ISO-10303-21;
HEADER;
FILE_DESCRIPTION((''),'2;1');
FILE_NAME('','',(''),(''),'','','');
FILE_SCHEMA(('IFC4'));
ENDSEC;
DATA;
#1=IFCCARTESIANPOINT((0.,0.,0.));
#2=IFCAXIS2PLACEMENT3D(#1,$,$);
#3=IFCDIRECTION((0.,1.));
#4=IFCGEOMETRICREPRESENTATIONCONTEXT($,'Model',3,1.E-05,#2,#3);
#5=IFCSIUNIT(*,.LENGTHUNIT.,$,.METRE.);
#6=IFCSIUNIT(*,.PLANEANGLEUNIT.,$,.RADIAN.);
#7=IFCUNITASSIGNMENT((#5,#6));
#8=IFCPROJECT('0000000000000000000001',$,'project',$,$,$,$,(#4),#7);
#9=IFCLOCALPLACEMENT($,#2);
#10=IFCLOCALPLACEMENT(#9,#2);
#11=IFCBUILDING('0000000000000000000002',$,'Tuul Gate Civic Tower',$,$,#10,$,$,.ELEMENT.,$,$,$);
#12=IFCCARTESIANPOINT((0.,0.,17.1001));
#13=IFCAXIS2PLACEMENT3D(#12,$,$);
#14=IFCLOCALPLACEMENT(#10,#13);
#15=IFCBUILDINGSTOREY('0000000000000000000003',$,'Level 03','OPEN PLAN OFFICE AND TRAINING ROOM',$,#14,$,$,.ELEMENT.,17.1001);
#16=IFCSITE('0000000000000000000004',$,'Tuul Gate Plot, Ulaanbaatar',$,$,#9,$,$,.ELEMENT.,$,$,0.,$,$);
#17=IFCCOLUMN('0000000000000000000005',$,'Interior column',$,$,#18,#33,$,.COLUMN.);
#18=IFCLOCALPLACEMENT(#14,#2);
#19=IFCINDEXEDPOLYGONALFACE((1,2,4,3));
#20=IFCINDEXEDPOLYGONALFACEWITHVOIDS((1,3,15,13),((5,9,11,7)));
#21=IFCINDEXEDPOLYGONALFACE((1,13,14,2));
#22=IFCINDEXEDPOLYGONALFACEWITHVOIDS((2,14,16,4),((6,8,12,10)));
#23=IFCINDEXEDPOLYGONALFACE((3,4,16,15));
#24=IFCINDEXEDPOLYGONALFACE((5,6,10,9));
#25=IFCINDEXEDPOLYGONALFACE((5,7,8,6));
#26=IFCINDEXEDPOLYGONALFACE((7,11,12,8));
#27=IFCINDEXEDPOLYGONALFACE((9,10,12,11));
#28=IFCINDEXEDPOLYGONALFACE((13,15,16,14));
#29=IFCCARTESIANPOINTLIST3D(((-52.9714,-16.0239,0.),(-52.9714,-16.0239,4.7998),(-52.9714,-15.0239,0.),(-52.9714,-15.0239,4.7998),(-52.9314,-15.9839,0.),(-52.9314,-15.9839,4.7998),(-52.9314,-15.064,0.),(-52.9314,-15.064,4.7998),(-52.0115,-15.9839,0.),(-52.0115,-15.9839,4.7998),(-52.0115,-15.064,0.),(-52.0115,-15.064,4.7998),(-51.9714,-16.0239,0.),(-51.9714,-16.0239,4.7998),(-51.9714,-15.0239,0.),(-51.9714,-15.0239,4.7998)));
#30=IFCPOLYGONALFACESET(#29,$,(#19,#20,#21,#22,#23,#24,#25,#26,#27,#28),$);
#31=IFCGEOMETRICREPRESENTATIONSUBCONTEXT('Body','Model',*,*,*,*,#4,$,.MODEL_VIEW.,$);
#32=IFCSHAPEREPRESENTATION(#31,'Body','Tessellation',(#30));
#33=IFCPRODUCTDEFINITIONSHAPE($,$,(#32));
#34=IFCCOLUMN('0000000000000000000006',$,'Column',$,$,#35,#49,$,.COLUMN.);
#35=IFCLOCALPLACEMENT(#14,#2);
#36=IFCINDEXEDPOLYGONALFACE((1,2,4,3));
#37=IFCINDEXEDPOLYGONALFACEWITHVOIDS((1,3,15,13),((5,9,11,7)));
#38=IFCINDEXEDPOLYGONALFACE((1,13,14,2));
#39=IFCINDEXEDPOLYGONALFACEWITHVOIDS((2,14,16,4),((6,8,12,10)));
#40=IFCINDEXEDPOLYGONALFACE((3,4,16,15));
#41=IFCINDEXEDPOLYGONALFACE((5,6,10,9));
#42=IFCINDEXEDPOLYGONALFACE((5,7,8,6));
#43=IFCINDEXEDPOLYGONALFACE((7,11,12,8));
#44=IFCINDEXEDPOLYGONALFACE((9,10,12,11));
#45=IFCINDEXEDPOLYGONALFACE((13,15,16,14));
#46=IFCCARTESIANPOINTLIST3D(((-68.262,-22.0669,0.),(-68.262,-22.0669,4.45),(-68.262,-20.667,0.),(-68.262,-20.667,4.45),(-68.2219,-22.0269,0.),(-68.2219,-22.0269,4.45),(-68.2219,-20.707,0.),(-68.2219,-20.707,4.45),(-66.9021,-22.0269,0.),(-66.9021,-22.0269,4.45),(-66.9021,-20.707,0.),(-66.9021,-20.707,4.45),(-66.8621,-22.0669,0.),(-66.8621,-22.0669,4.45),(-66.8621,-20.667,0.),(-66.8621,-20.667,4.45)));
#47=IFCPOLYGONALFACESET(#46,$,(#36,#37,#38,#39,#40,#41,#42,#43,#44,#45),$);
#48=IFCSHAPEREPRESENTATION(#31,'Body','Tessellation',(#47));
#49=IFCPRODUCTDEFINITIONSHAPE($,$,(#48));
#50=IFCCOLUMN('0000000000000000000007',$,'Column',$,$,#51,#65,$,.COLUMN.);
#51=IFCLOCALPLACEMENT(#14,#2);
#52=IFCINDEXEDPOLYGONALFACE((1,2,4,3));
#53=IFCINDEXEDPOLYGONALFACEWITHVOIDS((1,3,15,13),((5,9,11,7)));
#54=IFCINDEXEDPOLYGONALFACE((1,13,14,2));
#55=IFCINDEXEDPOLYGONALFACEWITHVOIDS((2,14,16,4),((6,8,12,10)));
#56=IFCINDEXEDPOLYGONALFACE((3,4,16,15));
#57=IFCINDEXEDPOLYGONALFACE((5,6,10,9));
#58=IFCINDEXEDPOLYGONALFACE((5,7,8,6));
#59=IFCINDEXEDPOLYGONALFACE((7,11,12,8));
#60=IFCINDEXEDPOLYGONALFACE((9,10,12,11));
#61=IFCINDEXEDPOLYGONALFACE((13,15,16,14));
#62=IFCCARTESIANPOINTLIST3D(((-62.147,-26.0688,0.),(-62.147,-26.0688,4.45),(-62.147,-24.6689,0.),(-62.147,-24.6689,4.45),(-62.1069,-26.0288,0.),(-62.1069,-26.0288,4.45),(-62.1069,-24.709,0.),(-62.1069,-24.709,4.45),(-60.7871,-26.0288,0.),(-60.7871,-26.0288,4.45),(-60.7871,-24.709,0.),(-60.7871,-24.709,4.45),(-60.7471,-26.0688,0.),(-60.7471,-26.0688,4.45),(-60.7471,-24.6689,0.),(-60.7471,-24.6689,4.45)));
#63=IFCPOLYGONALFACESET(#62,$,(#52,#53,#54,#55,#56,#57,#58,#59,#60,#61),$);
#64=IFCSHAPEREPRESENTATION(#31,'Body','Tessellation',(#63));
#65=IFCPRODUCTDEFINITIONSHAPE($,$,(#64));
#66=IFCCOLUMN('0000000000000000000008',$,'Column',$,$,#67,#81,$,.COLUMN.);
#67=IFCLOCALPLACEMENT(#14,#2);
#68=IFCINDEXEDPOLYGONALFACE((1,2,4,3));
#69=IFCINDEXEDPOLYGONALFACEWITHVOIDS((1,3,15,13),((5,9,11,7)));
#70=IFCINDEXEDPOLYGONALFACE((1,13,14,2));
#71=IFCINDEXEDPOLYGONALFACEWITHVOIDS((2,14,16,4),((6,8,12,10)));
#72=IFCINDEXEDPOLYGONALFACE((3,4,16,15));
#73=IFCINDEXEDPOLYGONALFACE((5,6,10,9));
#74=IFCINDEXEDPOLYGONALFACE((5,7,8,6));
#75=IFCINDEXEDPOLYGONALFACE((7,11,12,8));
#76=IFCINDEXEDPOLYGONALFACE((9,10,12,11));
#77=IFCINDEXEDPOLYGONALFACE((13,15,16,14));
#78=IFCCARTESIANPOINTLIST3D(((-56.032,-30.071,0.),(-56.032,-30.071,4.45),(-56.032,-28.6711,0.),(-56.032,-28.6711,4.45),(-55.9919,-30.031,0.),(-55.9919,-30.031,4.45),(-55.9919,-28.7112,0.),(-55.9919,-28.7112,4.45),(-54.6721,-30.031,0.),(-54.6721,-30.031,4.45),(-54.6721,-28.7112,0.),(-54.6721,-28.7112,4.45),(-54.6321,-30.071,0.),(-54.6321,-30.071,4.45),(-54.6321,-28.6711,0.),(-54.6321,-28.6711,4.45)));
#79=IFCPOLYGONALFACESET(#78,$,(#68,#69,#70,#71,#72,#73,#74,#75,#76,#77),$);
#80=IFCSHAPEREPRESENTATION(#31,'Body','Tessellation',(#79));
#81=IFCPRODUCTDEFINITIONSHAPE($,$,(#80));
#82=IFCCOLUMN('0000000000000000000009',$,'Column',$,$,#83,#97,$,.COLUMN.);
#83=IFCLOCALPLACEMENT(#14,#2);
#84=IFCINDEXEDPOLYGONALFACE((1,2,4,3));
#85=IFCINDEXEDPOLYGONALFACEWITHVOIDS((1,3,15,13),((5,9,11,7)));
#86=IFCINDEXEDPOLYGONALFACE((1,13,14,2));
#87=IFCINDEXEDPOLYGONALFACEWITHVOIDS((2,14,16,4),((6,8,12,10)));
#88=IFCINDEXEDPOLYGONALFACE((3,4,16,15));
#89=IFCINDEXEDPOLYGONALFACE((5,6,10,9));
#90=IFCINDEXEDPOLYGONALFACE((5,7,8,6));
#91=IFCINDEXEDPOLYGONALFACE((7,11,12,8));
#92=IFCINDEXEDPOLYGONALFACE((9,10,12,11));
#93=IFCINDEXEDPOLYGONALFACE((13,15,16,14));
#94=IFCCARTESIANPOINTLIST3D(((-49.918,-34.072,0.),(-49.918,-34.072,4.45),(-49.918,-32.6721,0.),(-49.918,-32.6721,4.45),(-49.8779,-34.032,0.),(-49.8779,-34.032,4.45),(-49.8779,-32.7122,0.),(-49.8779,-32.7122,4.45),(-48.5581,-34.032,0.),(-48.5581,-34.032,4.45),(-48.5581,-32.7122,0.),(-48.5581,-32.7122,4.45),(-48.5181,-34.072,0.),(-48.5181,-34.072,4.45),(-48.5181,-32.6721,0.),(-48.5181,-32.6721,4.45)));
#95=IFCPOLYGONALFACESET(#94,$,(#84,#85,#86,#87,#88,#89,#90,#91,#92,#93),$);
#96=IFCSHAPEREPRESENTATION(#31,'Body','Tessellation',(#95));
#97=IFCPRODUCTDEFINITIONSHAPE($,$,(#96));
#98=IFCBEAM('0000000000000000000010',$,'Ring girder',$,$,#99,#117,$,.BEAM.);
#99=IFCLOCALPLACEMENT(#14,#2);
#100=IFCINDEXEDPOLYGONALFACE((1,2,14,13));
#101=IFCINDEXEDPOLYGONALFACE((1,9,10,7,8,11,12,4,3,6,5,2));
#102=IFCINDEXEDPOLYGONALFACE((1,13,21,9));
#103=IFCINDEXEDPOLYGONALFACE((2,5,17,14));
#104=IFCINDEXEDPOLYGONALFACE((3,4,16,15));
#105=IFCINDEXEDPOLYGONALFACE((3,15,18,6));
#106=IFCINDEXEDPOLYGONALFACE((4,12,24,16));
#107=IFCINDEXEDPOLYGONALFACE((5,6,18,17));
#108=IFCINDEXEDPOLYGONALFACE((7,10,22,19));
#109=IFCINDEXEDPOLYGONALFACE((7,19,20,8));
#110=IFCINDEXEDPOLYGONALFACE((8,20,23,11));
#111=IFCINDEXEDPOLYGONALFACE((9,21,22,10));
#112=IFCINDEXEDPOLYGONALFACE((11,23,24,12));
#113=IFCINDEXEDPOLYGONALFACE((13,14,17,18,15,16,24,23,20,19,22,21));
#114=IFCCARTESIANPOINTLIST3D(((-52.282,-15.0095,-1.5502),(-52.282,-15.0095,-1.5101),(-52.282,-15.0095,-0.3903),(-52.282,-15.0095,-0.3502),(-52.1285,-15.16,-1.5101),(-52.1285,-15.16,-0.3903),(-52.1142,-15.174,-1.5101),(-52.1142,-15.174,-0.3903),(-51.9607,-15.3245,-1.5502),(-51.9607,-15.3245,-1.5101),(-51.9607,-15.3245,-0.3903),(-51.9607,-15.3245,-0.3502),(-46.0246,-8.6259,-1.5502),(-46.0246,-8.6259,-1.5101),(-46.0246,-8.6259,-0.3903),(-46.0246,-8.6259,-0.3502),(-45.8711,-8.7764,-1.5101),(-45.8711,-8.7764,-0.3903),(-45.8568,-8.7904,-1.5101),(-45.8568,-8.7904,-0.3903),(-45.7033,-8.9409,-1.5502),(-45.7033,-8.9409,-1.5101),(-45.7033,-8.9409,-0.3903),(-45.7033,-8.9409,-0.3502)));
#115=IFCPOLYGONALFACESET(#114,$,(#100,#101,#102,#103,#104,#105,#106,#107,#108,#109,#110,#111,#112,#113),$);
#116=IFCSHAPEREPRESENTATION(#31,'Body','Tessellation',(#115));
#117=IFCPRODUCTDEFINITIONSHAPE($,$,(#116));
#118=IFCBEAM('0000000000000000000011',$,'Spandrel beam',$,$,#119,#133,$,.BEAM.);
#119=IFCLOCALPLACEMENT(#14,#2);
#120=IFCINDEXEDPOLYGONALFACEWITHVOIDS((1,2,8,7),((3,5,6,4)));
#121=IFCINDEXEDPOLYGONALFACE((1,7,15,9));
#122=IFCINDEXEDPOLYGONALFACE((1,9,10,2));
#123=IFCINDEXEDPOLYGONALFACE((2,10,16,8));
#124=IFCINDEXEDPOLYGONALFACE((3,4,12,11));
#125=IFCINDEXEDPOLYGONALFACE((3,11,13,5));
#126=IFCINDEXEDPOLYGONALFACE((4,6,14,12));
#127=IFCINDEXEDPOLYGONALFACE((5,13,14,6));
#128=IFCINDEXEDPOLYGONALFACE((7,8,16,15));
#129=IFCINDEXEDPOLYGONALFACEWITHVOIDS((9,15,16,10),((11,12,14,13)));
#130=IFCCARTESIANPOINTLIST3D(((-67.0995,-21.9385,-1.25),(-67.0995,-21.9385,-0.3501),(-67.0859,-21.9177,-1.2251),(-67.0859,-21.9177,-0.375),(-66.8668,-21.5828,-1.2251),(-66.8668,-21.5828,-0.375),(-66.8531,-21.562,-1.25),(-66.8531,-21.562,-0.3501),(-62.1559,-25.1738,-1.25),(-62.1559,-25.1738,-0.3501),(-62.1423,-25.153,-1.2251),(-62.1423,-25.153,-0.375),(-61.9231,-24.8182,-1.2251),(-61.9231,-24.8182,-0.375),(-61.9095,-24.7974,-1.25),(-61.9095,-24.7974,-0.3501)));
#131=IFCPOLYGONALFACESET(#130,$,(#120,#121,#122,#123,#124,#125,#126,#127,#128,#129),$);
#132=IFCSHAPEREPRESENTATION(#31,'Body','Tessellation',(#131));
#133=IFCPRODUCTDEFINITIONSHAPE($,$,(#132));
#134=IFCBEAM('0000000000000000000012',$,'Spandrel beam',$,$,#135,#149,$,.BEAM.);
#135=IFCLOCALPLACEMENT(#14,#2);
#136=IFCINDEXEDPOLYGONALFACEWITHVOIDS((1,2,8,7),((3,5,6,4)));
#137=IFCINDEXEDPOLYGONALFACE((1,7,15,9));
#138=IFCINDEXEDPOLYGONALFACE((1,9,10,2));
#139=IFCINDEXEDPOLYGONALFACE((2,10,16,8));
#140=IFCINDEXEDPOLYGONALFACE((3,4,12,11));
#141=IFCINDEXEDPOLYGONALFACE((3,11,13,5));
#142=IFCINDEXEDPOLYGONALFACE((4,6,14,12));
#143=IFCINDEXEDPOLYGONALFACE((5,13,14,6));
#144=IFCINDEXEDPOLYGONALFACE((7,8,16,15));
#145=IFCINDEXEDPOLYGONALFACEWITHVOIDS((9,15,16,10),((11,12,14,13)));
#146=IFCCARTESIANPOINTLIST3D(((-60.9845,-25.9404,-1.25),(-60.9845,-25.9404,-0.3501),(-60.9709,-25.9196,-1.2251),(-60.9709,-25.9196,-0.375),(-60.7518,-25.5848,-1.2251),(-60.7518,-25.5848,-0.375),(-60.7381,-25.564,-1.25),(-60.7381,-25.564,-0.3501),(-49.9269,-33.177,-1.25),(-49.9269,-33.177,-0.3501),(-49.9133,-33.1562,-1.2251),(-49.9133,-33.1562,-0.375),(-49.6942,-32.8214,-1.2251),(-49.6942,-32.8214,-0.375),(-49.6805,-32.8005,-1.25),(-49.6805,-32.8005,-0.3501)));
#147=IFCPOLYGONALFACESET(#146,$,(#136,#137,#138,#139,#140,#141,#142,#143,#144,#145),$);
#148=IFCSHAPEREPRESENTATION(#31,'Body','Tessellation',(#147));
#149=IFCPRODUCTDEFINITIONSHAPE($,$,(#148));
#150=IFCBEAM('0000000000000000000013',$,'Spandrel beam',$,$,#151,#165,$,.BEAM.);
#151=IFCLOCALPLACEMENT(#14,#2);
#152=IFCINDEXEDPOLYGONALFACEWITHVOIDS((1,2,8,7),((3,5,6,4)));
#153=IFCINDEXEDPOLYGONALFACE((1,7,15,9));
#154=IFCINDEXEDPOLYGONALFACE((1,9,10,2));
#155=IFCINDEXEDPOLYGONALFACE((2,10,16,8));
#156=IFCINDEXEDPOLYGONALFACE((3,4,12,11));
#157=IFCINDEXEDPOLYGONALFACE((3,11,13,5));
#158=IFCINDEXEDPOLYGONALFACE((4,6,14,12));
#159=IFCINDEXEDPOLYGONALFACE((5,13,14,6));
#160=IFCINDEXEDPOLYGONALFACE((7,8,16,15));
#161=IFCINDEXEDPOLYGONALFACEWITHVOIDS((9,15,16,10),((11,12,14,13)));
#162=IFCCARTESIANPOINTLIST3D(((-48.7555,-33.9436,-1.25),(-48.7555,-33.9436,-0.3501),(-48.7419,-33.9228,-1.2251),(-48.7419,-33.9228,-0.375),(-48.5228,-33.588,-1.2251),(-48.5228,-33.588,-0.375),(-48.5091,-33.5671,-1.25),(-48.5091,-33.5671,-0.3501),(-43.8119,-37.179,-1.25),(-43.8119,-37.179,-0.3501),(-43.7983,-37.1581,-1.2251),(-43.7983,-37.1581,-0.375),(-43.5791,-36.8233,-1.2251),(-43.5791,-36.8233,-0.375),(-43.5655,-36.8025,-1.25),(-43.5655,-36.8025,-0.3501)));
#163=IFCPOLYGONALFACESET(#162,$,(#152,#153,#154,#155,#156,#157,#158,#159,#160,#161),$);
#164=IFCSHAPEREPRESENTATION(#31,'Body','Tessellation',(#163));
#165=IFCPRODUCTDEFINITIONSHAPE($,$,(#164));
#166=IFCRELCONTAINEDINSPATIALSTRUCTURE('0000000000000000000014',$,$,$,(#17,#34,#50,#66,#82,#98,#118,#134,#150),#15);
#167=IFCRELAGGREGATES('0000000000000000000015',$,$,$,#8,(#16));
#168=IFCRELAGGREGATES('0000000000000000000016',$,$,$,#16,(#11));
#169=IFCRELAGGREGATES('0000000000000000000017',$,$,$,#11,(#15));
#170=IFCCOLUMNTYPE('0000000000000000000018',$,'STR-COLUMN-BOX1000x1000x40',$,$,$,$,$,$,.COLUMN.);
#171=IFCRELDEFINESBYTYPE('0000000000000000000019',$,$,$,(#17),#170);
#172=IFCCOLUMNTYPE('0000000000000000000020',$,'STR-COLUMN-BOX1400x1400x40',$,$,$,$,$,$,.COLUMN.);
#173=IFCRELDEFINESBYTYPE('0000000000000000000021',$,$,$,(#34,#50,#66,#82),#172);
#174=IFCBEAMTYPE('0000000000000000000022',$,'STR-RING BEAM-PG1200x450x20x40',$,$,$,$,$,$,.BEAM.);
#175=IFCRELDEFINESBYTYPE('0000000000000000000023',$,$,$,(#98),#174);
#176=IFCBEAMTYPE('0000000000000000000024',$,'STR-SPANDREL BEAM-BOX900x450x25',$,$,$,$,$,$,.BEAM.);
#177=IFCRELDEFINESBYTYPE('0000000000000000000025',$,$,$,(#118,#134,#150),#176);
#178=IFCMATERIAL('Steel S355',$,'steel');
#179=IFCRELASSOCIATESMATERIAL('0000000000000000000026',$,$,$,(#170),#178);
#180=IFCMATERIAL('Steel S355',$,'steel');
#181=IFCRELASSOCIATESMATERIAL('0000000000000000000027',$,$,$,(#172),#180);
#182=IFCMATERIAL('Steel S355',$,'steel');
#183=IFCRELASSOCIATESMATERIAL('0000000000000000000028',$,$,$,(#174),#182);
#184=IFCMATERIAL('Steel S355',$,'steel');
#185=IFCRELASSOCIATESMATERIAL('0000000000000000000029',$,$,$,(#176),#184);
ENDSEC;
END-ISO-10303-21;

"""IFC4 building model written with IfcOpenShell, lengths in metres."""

from ifc_helpers import new_model, si_unit, direction, frame, origin, origin_2d, place, context, subcontext, project, spatial, hollow_rectangle, i_section, extrude, material, material_profile, profile_set, type_object, element, save


model = new_model("IFC4")

# Units and contexts
model_context = context("Model", 3, precision=1e-05, world=origin(), true_north=direction((0.0, 1.0)))
body_context = subcontext(model_context, "Body", "Model", "MODEL_VIEW")
ifc_project = project(units=[si_unit("LENGTHUNIT", "METRE"), si_unit("PLANEANGLEUNIT", "RADIAN")], contexts=[model_context])

# Site, building, storey
site_placement = place(None, origin())
site = spatial("IfcSite", under=ifc_project, at=site_placement, Name="Tuul Gate Plot, Ulaanbaatar", CompositionType="ELEMENT", RefElevation=0.0)
building_placement = place(site_placement, origin())
building = spatial("IfcBuilding", under=site, at=building_placement, Name="Tuul Gate Civic Tower", CompositionType="ELEMENT")
storey_placement = place(building_placement, frame((0.0, 0.0, 17.1001)))
storey = spatial("IfcBuildingStorey", under=building, at=storey_placement, Name="Level 03", Description="OPEN PLAN OFFICE AND TRAINING ROOM", CompositionType="ELEMENT", Elevation=17.1001)

# Columns
ifc_material_1 = material(Name="Steel S355", Category="steel")
ifc_material_profile_1 = material_profile(ifc_material_1, hollow_rectangle(XDim=1.0, YDim=1.0, WallThickness=0.04, at=origin_2d()), Name="BOX1000x1000x40")
ifc_profile_set_1 = profile_set([ifc_material_profile_1], Name="Steel S355")
column_type_1 = type_object("IfcColumnType", Name="STR-COLUMN-BOX1000x1000x40", PredefinedType="COLUMN", material=ifc_profile_set_1)
column_placement = place(storey_placement, frame((-52.4714, -15.5239, 0.0), z_axis=(0.0, 0.0, 1.0), x_axis=(1.0, 0.0, 0.0)))
element("IfcColumn", 1, at=column_placement, inside=storey, type_object=column_type_1, Name="Interior column", PredefinedType="COLUMN", context=body_context, shape_type="SweptSolid", body=[
    extrude(hollow_rectangle(XDim=1.0, YDim=1.0, WallThickness=0.04, at=origin_2d()), origin(), (0.0, 0.0, 1.0), 4.7998),
])
ifc_material_2 = material(Name="Steel S355", Category="steel")
ifc_material_profile_2 = material_profile(ifc_material_2, hollow_rectangle(XDim=1.3999, YDim=1.3999, WallThickness=0.04, at=origin_2d()), Name="BOX1400x1400x40")
ifc_profile_set_2 = profile_set([ifc_material_profile_2], Name="Steel S355")
column_type_2 = type_object("IfcColumnType", Name="STR-COLUMN-BOX1400x1400x40", PredefinedType="COLUMN", material=ifc_profile_set_2)
for number, where, z_axis, x_axis, name in (
    (2, (-67.562, -21.3669, 0.0), (0.0, 0.0, 1.0), (1.0, 0.0, 0.0), "Column"),
    (3, (-61.447, -25.3689, 0.0), (0.0, 0.0, 1.0), (1.0, 0.0, 0.0), "Column"),
    (4, (-55.332, -29.3711, 0.0), (0.0, 0.0, 1.0), (1.0, 0.0, 0.0), "Column"),
    (5, (-49.218, -33.3721, 0.0), (0.0, 0.0, 1.0), (1.0, 0.0, 0.0), "Column"),
):
    element("IfcColumn", number, at=place(storey_placement, frame(where, z_axis=z_axis, x_axis=x_axis)), inside=storey, type_object=column_type_2, Name=name, PredefinedType="COLUMN", context=body_context, shape_type="SweptSolid", body=[
        extrude(hollow_rectangle(XDim=1.3999, YDim=1.3999, WallThickness=0.04, at=origin_2d()), origin(), (0.0, 0.0, 1.0), 4.45),
    ])

# Beams
ifc_material_3 = material(Name="Steel S355", Category="steel")
ifc_material_profile_3 = material_profile(ifc_material_3, i_section(OverallWidth=0.45, OverallDepth=1.2, WebThickness=0.02, FlangeThickness=0.04, at=origin_2d()), Name="PG1200x450x20x40")
ifc_profile_set_3 = profile_set([ifc_material_profile_3], Name="Steel S355")
beam_type_1 = type_object("IfcBeamType", Name="STR-RING BEAM-PG1200x450x20x40", PredefinedType="BEAM", material=ifc_profile_set_3)
beam_1_placement = place(storey_placement, frame((-52.1213, -15.167, -0.9502), z_axis=(0.700011, 0.714132, 0.0), x_axis=(-0.714132, 0.700011, 0.0)))
element("IfcBeam", 6, at=beam_1_placement, inside=storey, type_object=beam_type_1, Name="Ring girder", PredefinedType="BEAM", context=body_context, shape_type="SweptSolid", body=[
    extrude(i_section(OverallWidth=0.45, OverallDepth=1.2, WebThickness=0.02, FlangeThickness=0.04, at=origin_2d()), origin(), (0.0, 0.0, 1.0), 8.939),
])
ifc_material_4 = material(Name="Steel S355", Category="steel")
ifc_material_profile_4 = material_profile(ifc_material_4, hollow_rectangle(XDim=0.45, YDim=0.8999, WallThickness=0.0249, at=origin_2d()), Name="BOX900x450x25")
ifc_profile_set_4 = profile_set([ifc_material_profile_4], Name="Steel S355")
beam_type_2 = type_object("IfcBeamType", Name="STR-SPANDREL BEAM-BOX900x450x25", PredefinedType="BEAM", material=ifc_profile_set_4)
beam_2_placement = place(storey_placement, frame((-66.9763, -21.7502, -0.8), z_axis=(0.836737, -0.547604, 0.0), x_axis=(0.547604, 0.836737, 0.0)))
element("IfcBeam", 7, at=beam_2_placement, inside=storey, type_object=beam_type_2, Name="Spandrel beam", PredefinedType="BEAM", context=body_context, shape_type="SweptSolid", body=[
    extrude(hollow_rectangle(XDim=0.45, YDim=0.8999, WallThickness=0.0249, at=origin_2d()), origin(), (0.0, 0.0, 1.0), 5.9082),
])
beam_3_placement = place(storey_placement, frame((-60.8613, -25.7522, -0.8), z_axis=(0.836741, -0.547599, 0.0), x_axis=(0.547599, 0.836741, 0.0)))
element("IfcBeam", 8, at=beam_3_placement, inside=storey, type_object=beam_type_2, Name="Spandrel beam", PredefinedType="BEAM", context=body_context, shape_type="SweptSolid", body=[
    extrude(hollow_rectangle(XDim=0.45, YDim=0.8999, WallThickness=0.0249, at=origin_2d()), origin(), (0.0, 0.0, 1.0), 13.2151),
])
beam_4_placement = place(storey_placement, frame((-48.6323, -33.7554, -0.8), z_axis=(0.836737, -0.547604, 0.0), x_axis=(0.547604, 0.836737, 0.0)))
element("IfcBeam", 9, at=beam_4_placement, inside=storey, type_object=beam_type_2, Name="Spandrel beam", PredefinedType="BEAM", context=body_context, shape_type="SweptSolid", body=[
    extrude(hollow_rectangle(XDim=0.45, YDim=0.8999, WallThickness=0.0249, at=origin_2d()), origin(), (0.0, 0.0, 1.0), 5.9082),
])

save(model, "model.ifc")
